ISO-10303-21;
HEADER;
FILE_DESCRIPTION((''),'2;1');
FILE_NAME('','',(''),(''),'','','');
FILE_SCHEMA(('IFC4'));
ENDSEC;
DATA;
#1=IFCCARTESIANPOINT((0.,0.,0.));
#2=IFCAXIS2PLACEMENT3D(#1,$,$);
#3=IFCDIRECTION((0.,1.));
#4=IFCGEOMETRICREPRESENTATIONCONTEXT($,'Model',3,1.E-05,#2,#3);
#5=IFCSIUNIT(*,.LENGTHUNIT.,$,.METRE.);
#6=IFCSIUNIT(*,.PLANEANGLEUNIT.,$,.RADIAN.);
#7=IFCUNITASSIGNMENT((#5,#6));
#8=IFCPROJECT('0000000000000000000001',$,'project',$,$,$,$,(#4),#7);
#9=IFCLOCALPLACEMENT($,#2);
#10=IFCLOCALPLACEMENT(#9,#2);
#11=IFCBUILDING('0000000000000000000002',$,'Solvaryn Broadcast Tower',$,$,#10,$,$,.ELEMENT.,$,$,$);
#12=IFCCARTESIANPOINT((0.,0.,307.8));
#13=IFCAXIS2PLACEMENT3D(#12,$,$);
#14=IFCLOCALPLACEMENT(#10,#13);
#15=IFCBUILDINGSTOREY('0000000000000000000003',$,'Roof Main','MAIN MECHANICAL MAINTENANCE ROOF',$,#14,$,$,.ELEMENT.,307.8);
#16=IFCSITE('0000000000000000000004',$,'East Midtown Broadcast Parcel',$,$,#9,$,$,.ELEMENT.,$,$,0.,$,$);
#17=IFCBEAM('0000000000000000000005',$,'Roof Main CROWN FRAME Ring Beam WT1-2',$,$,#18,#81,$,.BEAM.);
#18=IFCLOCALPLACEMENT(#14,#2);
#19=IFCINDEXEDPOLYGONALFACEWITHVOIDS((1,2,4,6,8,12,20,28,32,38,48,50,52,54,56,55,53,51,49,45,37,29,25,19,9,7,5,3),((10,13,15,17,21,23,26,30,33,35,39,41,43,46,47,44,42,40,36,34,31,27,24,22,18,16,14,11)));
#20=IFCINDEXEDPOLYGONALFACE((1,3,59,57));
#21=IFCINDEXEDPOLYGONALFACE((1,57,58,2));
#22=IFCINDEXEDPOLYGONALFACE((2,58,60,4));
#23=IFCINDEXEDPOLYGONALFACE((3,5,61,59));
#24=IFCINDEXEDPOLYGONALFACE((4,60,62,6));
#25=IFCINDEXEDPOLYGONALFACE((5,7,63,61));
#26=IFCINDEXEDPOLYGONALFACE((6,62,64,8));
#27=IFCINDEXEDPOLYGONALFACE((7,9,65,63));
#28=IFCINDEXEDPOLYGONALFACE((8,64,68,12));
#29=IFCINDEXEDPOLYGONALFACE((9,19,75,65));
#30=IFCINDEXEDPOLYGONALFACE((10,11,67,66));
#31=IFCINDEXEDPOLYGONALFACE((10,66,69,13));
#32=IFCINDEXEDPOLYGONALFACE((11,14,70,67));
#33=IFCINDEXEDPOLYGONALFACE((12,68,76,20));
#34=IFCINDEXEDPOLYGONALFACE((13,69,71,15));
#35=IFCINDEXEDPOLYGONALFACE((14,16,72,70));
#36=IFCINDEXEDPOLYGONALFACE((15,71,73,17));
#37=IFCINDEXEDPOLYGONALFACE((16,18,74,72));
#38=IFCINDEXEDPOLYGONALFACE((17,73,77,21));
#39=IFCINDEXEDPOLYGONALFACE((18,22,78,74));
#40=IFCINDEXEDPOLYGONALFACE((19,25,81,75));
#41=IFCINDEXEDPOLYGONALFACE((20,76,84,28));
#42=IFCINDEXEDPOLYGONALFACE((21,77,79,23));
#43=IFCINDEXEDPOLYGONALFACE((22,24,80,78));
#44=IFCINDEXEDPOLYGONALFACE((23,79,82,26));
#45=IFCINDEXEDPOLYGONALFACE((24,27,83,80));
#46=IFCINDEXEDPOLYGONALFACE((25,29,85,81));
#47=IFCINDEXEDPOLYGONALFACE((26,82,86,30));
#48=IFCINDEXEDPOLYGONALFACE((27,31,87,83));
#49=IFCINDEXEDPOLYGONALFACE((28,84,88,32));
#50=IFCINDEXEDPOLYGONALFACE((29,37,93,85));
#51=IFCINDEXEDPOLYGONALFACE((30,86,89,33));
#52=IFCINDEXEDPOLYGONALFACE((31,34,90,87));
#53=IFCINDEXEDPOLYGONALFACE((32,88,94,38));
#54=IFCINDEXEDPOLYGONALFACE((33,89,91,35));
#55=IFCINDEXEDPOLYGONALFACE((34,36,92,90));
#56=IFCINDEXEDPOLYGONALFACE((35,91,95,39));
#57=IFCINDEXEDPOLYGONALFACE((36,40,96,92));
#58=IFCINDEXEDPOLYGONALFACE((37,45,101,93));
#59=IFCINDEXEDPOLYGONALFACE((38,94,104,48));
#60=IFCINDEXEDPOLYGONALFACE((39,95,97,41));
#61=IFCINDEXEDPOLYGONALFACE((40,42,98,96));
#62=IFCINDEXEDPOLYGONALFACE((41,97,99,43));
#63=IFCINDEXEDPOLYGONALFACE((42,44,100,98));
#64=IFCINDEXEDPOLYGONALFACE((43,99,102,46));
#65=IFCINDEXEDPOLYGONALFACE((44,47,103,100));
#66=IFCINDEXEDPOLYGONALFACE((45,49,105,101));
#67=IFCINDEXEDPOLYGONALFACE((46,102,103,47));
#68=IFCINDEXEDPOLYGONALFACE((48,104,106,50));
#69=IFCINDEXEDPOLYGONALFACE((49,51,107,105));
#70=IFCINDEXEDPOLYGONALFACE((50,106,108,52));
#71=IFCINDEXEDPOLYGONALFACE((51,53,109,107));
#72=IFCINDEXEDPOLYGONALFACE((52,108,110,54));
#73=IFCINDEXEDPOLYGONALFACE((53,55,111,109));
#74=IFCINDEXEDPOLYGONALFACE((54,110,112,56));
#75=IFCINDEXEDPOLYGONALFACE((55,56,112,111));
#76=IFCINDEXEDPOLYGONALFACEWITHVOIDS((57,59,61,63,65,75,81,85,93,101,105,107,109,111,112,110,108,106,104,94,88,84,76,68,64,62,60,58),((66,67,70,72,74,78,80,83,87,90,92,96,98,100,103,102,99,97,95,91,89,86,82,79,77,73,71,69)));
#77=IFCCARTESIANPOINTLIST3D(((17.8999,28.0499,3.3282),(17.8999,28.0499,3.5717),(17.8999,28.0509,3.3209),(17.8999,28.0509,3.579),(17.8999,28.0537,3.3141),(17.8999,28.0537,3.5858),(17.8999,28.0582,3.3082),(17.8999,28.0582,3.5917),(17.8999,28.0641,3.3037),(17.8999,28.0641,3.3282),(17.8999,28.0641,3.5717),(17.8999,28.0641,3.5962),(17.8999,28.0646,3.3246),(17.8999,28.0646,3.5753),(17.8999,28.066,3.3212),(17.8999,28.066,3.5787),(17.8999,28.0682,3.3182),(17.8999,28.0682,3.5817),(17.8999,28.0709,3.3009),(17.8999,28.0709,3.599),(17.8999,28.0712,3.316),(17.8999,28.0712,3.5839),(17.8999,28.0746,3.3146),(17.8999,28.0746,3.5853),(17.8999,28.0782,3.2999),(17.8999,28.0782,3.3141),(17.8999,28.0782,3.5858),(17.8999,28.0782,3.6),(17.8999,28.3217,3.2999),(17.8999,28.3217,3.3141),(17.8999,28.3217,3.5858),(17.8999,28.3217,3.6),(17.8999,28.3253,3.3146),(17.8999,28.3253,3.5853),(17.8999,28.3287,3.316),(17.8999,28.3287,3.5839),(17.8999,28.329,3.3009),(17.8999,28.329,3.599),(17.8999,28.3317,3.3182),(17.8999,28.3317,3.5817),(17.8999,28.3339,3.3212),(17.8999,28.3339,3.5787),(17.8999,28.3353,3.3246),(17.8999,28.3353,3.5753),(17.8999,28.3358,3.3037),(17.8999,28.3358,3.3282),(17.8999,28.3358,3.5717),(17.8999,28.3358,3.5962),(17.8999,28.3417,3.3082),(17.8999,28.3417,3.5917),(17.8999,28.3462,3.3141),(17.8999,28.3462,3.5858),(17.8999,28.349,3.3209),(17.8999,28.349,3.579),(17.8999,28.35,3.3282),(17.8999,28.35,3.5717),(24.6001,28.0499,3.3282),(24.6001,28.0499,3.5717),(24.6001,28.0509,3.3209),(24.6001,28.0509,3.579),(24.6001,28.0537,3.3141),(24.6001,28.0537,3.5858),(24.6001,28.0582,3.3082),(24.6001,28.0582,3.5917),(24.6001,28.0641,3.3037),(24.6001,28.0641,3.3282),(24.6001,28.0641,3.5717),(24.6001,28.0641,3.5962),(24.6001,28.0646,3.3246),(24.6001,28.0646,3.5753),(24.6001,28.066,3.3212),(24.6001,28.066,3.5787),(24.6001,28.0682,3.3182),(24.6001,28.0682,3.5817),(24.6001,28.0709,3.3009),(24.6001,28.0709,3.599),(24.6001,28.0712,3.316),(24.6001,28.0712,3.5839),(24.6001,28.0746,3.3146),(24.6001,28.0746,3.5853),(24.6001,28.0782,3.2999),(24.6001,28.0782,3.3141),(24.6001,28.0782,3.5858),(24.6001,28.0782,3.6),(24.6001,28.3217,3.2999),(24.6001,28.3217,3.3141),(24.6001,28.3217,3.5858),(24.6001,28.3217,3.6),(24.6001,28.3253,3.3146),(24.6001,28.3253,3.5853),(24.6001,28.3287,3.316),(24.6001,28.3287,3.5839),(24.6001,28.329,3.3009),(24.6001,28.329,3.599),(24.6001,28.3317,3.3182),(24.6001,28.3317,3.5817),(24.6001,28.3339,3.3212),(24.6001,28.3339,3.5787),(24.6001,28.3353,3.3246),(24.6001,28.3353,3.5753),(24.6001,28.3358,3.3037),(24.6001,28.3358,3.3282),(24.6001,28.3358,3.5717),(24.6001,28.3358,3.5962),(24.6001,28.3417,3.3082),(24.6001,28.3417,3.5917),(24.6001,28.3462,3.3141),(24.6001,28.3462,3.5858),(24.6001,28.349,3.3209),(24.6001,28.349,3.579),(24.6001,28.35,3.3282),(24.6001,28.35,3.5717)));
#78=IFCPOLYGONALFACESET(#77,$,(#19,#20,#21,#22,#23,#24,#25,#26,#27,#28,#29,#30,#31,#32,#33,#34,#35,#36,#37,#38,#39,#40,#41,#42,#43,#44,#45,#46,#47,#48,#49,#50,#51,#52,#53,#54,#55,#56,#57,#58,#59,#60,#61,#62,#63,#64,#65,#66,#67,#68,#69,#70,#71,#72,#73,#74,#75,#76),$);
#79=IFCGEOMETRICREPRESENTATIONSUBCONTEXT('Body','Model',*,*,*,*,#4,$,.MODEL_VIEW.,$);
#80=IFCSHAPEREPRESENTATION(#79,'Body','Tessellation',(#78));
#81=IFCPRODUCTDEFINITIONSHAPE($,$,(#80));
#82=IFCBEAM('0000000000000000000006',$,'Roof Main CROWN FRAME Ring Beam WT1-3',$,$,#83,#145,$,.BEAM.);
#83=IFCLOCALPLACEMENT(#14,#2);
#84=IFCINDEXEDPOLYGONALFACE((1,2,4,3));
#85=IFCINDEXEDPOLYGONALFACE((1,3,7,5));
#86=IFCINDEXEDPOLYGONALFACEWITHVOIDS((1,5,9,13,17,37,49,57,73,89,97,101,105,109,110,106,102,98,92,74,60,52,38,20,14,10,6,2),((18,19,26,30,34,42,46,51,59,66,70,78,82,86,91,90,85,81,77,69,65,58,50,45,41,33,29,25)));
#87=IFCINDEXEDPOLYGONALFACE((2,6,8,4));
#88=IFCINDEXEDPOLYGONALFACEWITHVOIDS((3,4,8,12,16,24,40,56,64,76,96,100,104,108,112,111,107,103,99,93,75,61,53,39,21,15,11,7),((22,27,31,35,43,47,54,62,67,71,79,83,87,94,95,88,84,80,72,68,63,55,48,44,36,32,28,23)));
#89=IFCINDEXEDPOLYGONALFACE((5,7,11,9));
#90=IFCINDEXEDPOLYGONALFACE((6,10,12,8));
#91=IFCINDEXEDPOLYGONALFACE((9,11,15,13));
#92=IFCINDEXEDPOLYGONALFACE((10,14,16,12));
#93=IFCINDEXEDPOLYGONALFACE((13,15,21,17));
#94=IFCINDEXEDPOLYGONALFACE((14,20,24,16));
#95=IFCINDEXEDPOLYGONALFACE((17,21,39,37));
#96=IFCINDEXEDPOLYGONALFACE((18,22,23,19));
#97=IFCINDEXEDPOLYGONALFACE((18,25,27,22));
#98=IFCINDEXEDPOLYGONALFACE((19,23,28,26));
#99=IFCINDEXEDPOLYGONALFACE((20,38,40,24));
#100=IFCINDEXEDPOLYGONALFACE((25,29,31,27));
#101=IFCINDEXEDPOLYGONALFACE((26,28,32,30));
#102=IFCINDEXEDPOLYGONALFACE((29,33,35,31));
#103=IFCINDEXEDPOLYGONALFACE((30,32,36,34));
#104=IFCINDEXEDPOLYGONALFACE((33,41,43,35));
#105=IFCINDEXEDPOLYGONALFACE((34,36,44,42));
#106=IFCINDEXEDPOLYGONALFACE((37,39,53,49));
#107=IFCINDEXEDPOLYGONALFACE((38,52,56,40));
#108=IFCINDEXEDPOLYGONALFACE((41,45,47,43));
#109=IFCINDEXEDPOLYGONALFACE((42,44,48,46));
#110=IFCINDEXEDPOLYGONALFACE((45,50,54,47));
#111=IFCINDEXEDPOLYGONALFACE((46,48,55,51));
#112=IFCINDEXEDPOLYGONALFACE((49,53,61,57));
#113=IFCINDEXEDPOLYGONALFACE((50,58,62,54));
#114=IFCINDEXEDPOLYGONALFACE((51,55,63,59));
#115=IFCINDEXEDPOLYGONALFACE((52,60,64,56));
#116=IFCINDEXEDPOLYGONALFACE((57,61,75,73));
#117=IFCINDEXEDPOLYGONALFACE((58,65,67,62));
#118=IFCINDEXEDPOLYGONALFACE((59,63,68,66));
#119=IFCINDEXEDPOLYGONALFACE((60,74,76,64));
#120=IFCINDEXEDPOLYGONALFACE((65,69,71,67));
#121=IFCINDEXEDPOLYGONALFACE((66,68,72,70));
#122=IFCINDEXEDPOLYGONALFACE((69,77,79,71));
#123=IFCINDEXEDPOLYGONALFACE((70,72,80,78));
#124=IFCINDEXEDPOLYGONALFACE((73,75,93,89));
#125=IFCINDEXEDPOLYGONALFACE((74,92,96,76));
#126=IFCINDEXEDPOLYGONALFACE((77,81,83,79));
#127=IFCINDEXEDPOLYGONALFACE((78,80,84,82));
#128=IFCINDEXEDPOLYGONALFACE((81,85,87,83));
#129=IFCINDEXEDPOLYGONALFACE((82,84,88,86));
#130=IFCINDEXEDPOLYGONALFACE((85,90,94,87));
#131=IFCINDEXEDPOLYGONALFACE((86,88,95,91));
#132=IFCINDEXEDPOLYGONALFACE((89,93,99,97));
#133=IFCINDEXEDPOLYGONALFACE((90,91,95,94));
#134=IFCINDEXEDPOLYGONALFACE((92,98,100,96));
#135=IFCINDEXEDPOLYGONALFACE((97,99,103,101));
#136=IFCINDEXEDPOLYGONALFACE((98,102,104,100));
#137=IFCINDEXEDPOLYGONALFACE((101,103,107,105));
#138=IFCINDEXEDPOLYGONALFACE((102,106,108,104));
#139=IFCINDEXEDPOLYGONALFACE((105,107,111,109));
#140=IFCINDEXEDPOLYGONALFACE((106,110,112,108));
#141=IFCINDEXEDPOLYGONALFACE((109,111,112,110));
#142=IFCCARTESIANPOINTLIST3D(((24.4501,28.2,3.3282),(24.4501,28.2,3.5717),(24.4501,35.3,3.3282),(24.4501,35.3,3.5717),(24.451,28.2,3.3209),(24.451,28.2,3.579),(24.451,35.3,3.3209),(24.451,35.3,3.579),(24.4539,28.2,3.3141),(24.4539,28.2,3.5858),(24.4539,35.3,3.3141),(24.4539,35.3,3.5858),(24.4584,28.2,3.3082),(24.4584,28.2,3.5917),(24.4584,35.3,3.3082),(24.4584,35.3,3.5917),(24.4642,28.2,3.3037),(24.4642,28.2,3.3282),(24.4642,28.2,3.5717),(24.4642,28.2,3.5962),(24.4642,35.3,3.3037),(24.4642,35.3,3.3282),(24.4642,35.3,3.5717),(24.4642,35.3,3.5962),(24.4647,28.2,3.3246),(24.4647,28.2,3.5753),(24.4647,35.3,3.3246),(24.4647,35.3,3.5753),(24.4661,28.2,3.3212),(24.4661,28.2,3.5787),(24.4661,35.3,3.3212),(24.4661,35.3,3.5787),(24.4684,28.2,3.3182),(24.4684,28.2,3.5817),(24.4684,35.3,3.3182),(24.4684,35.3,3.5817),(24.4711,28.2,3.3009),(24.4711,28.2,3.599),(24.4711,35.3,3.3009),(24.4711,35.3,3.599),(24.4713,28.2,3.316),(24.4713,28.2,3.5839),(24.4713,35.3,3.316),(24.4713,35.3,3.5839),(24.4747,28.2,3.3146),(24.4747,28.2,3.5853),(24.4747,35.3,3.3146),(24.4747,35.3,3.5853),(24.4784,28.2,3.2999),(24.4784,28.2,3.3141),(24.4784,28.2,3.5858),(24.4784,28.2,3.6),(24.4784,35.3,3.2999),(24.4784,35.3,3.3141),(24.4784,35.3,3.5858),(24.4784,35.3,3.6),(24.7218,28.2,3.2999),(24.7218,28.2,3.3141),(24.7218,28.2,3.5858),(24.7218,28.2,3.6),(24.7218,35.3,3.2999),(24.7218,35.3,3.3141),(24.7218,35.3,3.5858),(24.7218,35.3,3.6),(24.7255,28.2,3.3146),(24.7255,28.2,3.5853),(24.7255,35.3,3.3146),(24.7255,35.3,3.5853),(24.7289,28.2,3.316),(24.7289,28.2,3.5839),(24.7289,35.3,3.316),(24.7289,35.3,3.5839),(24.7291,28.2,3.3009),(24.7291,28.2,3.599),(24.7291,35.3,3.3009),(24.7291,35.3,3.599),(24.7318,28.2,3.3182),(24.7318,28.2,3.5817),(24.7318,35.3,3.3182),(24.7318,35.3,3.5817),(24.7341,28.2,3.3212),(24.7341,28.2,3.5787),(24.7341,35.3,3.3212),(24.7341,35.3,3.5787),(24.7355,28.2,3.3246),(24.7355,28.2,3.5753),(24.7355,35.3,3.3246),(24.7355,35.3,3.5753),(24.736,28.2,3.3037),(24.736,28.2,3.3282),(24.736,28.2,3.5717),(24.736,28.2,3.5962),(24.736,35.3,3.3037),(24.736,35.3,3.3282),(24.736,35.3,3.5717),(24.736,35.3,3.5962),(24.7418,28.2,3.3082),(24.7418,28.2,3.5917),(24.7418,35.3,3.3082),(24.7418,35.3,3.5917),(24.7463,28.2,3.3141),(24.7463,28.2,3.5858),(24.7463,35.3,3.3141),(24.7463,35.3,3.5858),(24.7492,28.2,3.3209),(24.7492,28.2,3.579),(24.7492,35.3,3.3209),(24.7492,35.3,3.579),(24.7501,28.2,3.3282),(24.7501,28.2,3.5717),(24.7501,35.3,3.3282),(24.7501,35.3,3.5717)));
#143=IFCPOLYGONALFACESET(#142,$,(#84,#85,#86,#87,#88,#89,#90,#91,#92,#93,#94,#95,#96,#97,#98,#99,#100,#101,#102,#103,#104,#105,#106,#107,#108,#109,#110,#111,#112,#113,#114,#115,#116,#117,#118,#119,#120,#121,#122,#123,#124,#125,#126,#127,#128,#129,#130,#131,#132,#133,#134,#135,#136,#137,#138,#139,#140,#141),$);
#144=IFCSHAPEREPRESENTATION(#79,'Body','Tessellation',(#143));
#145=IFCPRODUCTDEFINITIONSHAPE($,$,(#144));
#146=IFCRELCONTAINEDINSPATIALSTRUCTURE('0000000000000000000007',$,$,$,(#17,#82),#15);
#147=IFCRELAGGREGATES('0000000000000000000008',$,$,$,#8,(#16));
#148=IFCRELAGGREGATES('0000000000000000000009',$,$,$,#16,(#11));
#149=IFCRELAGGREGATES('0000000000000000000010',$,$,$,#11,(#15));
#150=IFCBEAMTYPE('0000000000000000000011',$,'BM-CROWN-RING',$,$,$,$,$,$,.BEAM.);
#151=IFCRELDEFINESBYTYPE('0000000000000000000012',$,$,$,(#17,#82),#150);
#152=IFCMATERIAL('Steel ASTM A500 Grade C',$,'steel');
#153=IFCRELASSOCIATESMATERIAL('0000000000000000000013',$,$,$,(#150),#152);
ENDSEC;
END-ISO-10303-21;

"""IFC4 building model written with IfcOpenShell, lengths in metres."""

from ifc_helpers import new_model, si_unit, direction, frame, origin, origin_2d, place, context, subcontext, project, spatial, hollow_rectangle, extrude, material, material_profile, profile_set, type_object, element, save


model = new_model("IFC4")

# Units and contexts
model_context = context("Model", 3, precision=1e-05, world=origin(), true_north=direction((0.0, 1.0)))
body_context = subcontext(model_context, "Body", "Model", "MODEL_VIEW")
ifc_project = project(units=[si_unit("LENGTHUNIT", "METRE"), si_unit("PLANEANGLEUNIT", "RADIAN")], contexts=[model_context])

# Site, building, storey
site_placement = place(None, origin())
site = spatial("IfcSite", under=ifc_project, at=site_placement, Name="East Midtown Broadcast Parcel", CompositionType="ELEMENT", RefElevation=0.0)
building_placement = place(site_placement, origin())
building = spatial("IfcBuilding", under=site, at=building_placement, Name="Solvaryn Broadcast Tower", CompositionType="ELEMENT")
storey_placement = place(building_placement, frame((0.0, 0.0, 307.8)))
storey = spatial("IfcBuildingStorey", under=building, at=storey_placement, Name="Roof Main", Description="MAIN MECHANICAL MAINTENANCE ROOF", CompositionType="ELEMENT", Elevation=307.8)

# Beams
ifc_material_1 = material(Name="Steel ASTM A500 Grade C", Category="steel")
ifc_material_profile_1 = material_profile(ifc_material_1, hollow_rectangle(XDim=0.3, YDim=0.3, WallThickness=0.0142, InnerFilletRadius=0.0142, OuterFilletRadius=0.0283, at=origin_2d()))
ifc_profile_set_1 = profile_set([ifc_material_profile_1], Name="Steel ASTM A500 Grade C")
beam_type = type_object("IfcBeamType", Name="BM-CROWN-RING", PredefinedType="BEAM", material=ifc_profile_set_1)
beam_1_placement = place(storey_placement, frame((17.8999, 28.2, 3.45), z_axis=(1.0, 0.0, 0.0), x_axis=(0.0, 1.0, 0.0)))
element("IfcBeam", 1, at=beam_1_placement, inside=storey, type_object=beam_type, Name="Roof Main CROWN FRAME Ring Beam WT1-2", PredefinedType="BEAM", context=body_context, shape_type="SweptSolid", body=[
    extrude(hollow_rectangle(XDim=0.3, YDim=0.3, WallThickness=0.0142, InnerFilletRadius=0.0142, OuterFilletRadius=0.0283, at=origin_2d()), origin(), (0.0, 0.0, 1.0), 6.7002),
])
beam_2_placement = place(storey_placement, frame((24.6001, 28.2, 3.45), z_axis=(0.0, 1.0, 0.0), x_axis=(-1.0, 0.0, 0.0)))
element("IfcBeam", 2, at=beam_2_placement, inside=storey, type_object=beam_type, Name="Roof Main CROWN FRAME Ring Beam WT1-3", PredefinedType="BEAM", context=body_context, shape_type="SweptSolid", body=[
    extrude(hollow_rectangle(XDim=0.3, YDim=0.3, WallThickness=0.0142, InnerFilletRadius=0.0142, OuterFilletRadius=0.0283, at=origin_2d()), origin(), (0.0, 0.0, 1.0), 7.1001),
])

save(model, "model.ifc")
